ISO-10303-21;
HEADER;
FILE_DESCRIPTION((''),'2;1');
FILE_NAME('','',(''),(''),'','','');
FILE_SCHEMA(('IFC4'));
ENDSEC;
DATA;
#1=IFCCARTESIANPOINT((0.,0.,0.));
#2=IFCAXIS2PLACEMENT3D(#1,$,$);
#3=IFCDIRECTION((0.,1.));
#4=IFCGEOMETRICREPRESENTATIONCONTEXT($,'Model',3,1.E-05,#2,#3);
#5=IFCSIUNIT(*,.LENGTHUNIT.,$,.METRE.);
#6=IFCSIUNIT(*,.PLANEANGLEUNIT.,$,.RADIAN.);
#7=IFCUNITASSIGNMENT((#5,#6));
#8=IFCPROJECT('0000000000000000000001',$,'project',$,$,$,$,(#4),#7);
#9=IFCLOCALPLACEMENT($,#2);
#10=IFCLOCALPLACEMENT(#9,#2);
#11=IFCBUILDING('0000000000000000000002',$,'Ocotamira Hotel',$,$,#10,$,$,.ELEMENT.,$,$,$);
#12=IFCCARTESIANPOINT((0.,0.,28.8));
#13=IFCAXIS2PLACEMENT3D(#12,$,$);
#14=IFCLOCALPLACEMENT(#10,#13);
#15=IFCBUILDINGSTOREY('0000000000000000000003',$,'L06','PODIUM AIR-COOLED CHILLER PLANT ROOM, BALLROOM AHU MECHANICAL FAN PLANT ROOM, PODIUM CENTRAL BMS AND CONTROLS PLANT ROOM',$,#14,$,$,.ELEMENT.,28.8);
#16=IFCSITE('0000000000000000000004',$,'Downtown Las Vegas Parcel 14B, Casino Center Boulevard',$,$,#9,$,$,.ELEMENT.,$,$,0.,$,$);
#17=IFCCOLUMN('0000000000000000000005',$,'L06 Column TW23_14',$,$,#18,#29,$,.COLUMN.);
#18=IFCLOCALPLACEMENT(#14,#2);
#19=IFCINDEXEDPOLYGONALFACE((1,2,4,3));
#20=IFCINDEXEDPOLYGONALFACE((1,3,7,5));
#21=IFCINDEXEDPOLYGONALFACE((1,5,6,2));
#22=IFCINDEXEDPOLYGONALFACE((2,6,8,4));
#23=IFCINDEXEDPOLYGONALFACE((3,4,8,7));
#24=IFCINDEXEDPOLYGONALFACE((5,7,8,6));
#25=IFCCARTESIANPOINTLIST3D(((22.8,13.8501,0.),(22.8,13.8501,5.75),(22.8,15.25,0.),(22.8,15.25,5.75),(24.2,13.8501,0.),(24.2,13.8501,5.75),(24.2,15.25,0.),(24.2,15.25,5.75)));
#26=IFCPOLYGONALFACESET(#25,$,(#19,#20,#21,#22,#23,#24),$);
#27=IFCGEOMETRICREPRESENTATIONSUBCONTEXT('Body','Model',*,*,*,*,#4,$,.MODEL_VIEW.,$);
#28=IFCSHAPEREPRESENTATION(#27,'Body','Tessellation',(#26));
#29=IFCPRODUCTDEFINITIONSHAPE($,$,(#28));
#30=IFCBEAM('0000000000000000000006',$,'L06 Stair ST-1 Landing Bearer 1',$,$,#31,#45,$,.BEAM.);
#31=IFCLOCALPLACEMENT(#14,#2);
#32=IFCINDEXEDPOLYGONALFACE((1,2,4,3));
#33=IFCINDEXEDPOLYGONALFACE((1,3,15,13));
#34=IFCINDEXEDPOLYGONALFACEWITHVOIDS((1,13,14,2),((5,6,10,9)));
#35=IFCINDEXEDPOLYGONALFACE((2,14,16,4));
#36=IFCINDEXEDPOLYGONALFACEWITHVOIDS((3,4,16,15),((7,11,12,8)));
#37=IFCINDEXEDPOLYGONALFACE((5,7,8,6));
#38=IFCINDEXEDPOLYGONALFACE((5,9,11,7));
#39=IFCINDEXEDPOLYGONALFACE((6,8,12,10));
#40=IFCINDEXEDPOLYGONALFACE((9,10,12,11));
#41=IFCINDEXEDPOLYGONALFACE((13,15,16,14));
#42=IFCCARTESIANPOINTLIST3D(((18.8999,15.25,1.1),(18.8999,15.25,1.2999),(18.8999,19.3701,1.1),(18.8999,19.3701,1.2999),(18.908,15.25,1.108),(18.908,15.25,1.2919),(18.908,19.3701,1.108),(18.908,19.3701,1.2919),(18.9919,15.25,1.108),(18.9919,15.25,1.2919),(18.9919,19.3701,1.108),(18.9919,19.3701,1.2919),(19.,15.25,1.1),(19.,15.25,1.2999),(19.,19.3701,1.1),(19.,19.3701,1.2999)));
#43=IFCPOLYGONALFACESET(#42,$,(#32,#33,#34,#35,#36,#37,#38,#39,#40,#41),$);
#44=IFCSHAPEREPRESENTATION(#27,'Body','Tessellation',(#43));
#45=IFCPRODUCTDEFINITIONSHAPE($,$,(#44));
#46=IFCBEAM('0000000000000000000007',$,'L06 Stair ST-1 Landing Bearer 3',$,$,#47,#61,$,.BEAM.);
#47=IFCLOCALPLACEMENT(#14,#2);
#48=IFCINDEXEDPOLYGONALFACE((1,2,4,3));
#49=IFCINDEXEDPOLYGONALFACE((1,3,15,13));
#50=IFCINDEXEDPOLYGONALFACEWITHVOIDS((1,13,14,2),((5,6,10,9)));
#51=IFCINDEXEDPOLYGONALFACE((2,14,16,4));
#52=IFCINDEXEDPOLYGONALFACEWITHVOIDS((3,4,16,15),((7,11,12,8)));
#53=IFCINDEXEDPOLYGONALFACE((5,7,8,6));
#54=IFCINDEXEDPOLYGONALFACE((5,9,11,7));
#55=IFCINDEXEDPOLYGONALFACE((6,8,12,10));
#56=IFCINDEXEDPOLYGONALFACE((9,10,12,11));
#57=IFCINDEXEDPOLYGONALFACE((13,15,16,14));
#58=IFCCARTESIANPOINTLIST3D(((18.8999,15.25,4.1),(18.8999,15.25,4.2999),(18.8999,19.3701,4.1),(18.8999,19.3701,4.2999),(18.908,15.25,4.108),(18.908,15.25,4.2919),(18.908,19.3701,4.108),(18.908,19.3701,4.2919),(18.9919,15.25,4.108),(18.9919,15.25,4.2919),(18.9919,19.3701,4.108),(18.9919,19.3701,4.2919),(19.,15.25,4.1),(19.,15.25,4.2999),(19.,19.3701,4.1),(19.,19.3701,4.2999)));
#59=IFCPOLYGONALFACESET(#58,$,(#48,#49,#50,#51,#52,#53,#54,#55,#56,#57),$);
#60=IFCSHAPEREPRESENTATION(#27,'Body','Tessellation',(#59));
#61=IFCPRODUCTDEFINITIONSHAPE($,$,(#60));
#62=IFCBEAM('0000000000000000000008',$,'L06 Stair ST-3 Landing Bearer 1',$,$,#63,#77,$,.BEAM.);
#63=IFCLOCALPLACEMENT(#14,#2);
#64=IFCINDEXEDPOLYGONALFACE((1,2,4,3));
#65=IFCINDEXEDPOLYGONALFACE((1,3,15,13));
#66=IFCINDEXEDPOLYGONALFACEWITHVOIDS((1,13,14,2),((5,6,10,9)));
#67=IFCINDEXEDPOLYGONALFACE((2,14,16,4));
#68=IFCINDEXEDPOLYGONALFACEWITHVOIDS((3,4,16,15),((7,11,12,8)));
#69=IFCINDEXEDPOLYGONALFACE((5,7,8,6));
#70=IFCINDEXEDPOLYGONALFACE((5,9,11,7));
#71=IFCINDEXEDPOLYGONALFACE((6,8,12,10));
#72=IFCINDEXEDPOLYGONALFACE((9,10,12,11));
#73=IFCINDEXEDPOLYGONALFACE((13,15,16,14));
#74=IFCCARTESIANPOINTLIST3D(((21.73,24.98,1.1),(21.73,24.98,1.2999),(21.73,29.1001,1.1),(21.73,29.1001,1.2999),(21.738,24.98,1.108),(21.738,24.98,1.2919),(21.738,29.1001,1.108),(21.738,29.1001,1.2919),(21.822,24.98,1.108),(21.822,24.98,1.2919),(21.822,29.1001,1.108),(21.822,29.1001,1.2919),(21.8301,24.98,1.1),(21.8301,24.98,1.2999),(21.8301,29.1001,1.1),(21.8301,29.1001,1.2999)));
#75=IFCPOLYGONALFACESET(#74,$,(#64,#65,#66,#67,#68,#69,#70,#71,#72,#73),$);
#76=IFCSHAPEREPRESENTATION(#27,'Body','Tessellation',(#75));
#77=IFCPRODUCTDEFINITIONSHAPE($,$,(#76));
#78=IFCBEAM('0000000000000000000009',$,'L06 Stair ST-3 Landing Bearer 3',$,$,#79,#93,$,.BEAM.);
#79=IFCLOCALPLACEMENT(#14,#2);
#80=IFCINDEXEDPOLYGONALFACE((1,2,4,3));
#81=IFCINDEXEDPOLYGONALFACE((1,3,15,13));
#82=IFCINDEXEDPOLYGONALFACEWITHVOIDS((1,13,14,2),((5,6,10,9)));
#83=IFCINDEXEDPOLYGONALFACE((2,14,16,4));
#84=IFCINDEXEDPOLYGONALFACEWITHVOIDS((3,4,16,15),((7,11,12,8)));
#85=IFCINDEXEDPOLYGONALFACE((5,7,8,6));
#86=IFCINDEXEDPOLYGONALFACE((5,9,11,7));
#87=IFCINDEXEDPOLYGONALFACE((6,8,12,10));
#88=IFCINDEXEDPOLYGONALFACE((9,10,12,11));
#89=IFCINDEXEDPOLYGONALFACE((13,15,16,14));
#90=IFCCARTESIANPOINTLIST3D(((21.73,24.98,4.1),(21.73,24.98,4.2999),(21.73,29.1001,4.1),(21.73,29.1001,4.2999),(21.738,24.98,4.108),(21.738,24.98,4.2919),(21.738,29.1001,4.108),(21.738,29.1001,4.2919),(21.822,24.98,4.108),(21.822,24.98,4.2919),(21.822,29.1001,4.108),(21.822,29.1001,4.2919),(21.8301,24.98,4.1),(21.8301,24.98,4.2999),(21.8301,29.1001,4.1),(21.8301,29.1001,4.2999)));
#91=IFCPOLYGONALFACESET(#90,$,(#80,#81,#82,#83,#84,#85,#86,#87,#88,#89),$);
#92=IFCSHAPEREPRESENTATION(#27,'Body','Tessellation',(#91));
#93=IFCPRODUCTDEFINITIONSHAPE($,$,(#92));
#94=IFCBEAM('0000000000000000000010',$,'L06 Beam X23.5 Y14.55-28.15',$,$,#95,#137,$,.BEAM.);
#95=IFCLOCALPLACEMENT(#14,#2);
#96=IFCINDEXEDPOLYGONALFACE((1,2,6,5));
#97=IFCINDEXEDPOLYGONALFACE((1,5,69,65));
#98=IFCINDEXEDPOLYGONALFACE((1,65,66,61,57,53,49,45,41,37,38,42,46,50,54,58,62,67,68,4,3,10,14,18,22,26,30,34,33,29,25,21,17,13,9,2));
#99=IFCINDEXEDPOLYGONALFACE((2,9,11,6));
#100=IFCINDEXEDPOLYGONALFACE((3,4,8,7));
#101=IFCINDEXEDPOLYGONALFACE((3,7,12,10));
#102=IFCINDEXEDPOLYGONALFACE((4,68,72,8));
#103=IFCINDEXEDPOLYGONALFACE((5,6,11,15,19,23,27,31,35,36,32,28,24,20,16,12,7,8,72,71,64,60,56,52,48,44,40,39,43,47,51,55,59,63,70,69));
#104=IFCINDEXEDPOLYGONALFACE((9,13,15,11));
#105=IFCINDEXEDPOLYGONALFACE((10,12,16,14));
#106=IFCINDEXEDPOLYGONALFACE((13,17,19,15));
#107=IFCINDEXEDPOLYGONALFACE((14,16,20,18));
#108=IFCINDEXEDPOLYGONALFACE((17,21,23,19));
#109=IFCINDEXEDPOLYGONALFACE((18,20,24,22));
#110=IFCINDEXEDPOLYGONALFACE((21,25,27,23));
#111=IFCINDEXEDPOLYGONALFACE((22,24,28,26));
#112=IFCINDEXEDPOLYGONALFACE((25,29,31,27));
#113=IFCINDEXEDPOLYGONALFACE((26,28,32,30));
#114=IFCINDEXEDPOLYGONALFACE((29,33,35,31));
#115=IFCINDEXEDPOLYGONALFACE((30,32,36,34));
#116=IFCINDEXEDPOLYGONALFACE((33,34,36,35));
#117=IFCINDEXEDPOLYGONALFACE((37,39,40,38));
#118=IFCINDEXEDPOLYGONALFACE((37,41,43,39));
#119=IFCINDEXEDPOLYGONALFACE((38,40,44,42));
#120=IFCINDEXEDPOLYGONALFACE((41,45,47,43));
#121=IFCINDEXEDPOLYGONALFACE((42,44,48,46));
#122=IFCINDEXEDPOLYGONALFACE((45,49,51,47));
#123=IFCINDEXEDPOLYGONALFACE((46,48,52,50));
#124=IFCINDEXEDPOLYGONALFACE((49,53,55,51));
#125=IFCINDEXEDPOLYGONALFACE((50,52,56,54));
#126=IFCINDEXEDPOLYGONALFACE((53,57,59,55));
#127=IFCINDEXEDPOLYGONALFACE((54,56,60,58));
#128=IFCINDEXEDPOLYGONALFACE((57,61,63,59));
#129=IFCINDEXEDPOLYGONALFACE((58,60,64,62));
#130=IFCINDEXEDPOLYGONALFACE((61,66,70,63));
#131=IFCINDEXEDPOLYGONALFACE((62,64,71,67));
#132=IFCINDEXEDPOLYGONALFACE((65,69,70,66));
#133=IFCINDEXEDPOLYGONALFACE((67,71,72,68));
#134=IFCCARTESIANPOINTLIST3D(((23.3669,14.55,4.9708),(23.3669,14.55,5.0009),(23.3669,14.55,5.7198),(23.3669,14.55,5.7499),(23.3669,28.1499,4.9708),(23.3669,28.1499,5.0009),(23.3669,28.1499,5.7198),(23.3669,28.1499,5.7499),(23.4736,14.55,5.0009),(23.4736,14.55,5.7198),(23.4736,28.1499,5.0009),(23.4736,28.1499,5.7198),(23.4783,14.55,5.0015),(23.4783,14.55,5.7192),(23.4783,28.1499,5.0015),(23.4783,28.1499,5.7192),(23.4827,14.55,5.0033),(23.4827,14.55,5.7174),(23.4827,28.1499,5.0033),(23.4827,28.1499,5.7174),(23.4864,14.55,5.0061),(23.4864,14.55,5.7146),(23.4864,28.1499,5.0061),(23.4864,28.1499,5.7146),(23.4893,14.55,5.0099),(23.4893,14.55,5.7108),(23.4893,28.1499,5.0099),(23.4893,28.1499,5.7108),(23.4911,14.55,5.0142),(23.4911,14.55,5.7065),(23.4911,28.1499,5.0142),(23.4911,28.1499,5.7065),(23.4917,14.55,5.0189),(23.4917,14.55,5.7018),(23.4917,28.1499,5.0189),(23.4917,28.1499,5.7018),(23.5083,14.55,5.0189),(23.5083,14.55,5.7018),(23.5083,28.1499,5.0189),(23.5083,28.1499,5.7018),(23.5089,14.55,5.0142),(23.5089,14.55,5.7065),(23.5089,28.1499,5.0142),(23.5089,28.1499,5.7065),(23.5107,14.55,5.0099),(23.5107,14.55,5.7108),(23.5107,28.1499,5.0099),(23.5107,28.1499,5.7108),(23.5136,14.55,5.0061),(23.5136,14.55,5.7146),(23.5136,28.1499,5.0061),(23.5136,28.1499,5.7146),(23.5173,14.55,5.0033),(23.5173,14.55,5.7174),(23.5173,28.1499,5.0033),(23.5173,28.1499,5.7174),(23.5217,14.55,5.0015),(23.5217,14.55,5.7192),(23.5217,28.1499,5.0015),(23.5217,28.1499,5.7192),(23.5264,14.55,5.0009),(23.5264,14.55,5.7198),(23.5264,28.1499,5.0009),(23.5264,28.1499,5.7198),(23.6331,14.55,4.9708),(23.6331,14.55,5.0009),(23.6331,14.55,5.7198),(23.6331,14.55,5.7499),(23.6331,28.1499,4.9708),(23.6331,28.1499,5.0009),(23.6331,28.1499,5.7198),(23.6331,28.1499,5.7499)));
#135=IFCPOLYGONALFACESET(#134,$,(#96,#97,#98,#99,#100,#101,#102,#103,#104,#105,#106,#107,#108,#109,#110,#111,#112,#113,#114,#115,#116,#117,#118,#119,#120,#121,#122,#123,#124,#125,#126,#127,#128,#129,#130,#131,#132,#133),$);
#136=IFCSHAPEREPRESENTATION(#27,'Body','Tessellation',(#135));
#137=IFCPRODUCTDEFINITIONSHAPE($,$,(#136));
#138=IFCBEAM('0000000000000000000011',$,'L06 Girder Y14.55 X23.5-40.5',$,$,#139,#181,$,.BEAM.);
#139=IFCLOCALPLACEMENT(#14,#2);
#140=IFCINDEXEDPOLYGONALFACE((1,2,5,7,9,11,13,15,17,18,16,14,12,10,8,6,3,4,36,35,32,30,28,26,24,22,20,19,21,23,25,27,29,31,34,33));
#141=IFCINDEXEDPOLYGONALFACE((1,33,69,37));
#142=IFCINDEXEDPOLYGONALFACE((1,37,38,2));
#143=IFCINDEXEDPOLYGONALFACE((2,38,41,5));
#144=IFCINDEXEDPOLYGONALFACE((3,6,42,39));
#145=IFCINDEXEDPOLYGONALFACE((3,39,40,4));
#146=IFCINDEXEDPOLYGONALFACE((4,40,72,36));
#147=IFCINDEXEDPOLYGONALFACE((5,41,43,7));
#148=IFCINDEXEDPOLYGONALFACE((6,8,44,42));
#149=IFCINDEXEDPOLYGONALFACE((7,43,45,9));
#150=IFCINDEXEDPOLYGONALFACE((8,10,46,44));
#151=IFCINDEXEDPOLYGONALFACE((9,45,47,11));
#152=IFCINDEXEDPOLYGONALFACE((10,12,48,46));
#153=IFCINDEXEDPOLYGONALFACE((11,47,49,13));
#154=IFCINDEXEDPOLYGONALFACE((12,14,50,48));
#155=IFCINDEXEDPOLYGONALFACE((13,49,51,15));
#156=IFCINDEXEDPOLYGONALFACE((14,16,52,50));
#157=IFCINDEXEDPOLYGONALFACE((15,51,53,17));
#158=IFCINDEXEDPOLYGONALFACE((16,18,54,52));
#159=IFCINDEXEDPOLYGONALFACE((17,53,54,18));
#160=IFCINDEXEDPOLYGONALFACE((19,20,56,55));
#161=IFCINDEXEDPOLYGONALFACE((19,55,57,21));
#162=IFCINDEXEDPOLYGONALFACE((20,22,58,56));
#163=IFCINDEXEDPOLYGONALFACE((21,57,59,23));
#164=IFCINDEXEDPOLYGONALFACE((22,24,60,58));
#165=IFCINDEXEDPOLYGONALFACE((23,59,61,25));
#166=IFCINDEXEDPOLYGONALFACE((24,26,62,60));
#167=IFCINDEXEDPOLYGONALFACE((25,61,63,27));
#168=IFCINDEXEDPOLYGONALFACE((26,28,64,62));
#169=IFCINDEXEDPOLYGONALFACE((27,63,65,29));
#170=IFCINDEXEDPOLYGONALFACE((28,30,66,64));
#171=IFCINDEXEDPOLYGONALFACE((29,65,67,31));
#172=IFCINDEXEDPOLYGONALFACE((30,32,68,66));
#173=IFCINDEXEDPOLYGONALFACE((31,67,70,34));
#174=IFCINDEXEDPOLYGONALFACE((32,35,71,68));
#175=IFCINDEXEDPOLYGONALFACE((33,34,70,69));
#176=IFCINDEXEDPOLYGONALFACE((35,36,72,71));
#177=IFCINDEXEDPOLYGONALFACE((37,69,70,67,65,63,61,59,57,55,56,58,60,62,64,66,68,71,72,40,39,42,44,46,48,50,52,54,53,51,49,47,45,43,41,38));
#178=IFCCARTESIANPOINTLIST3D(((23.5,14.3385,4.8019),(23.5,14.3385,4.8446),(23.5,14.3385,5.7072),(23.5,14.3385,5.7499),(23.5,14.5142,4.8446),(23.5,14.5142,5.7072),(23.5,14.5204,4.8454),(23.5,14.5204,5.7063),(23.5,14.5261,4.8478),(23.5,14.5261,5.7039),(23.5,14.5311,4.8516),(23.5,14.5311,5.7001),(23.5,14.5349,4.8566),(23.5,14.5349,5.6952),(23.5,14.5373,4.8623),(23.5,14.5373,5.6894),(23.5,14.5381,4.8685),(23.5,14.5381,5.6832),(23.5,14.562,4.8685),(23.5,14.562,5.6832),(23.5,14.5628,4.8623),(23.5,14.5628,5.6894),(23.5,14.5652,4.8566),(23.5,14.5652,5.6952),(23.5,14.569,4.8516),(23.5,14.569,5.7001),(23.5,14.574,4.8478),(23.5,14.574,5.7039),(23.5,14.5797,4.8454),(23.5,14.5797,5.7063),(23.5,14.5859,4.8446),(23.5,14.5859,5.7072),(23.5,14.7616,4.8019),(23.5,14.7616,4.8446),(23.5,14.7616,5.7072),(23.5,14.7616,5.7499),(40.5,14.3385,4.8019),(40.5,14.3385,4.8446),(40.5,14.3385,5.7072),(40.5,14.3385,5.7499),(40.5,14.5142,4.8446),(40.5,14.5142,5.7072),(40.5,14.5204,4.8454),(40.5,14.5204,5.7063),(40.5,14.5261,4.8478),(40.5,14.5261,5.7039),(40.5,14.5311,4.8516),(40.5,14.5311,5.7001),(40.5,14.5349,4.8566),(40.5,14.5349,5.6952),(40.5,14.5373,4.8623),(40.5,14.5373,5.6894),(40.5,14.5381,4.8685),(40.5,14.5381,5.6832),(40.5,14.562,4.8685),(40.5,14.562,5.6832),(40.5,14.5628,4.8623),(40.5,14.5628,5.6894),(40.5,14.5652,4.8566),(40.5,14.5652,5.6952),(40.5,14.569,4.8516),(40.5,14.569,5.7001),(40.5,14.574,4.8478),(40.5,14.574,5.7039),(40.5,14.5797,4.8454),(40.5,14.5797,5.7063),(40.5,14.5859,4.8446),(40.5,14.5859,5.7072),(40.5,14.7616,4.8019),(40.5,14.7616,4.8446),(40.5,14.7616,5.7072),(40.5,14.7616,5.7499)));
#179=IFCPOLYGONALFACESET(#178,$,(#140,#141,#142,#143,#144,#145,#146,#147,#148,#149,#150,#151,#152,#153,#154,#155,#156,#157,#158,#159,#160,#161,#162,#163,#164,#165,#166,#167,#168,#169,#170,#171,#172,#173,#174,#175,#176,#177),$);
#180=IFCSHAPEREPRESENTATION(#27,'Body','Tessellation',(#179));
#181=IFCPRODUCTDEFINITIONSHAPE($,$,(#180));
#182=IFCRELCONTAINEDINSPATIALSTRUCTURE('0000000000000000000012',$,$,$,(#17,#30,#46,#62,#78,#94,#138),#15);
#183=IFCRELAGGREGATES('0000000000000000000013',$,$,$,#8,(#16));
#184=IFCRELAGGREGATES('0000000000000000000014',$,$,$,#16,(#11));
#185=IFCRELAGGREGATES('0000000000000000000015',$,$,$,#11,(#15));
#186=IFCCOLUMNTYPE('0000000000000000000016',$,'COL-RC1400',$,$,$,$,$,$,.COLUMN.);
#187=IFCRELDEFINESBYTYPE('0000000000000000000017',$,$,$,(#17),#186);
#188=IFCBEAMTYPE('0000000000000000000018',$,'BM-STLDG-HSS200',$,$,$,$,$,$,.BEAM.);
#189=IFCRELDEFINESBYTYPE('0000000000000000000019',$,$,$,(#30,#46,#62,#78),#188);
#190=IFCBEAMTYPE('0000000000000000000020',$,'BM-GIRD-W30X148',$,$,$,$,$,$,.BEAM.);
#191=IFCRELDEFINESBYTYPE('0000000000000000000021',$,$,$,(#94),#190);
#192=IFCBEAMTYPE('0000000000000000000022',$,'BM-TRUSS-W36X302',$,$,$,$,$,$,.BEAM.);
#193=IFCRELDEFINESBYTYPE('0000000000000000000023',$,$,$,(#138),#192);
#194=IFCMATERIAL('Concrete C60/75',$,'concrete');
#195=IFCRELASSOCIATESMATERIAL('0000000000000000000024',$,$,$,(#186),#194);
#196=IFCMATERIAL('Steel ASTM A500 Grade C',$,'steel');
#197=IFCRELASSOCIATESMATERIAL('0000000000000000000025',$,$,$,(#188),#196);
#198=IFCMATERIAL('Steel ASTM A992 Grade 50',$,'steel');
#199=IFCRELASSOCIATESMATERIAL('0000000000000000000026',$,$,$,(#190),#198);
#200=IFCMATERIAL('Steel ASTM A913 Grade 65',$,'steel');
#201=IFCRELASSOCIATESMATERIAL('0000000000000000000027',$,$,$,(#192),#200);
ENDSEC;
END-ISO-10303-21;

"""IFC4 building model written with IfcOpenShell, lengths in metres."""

from ifc_helpers import new_model, si_unit, direction, frame, origin, origin_2d, place, context, subcontext, project, spatial, rectangle, hollow_rectangle, i_section, extrude, source, transform, mapped, material, material_profile, profile_set, type_object, element, save


model = new_model("IFC4")

# Units and contexts
model_context = context("Model", 3, precision=1e-05, world=origin(), true_north=direction((0.0, 1.0)))
body_context = subcontext(model_context, "Body", "Model", "MODEL_VIEW")
ifc_project = project(units=[si_unit("LENGTHUNIT", "METRE"), si_unit("PLANEANGLEUNIT", "RADIAN")], contexts=[model_context])

# Site, building, storey
site_placement = place(None, origin())
site = spatial("IfcSite", under=ifc_project, at=site_placement, Name="Downtown Las Vegas Parcel 14B, Casino Center Boulevard", CompositionType="ELEMENT", RefElevation=0.0)
building_placement = place(site_placement, origin())
building = spatial("IfcBuilding", under=site, at=building_placement, Name="Ocotamira Hotel", CompositionType="ELEMENT")
storey_placement = place(building_placement, frame((0.0, 0.0, 28.8)))
storey = spatial("IfcBuildingStorey", under=building, at=storey_placement, Name="L06", Description="PODIUM AIR-COOLED CHILLER PLANT ROOM, BALLROOM AHU MECHANICAL FAN PLANT ROOM, PODIUM CENTRAL BMS AND CONTROLS PLANT ROOM", CompositionType="ELEMENT", Elevation=28.8)

# Column
ifc_material_1 = material(Name="Concrete C60/75", Category="concrete")
ifc_material_profile_1 = material_profile(ifc_material_1, rectangle(XDim=1.3999, YDim=1.3999, at=origin_2d()), Name="RC1400X1400")
ifc_profile_set_1 = profile_set([ifc_material_profile_1], Name="Concrete C60/75")
column_type = type_object("IfcColumnType", Name="COL-RC1400", PredefinedType="COLUMN", material=ifc_profile_set_1)
shared_shape_1 = source(origin(), body_context, "Body", "SweptSolid", [
    extrude(rectangle(XDim=1.3999, YDim=1.3999, at=origin_2d()), origin(), (0.0, 0.0, 1.0), 5.75),
])
column_placement = place(storey_placement, frame((23.5, 14.55, 0.0), z_axis=(0.0, 0.0, 1.0), x_axis=(1.0, 0.0, 0.0)))
element("IfcColumn", 1, at=column_placement, inside=storey, type_object=column_type, Name="L06 Column TW23_14", PredefinedType="COLUMN", context=body_context, shape_type="MappedRepresentation", body=[
    mapped(shared_shape_1, transform((0.0, 0.0, 0.0), scale=1.0)),
])

# Beams
ifc_material_2 = material(Name="Steel ASTM A500 Grade C", Category="steel")
ifc_material_profile_2 = material_profile(ifc_material_2, hollow_rectangle(XDim=0.1001, YDim=0.2, WallThickness=0.0081, at=origin_2d()), Name="HSS200X100X8")
ifc_profile_set_2 = profile_set([ifc_material_profile_2], Name="Steel ASTM A500 Grade C")
beam_type_1 = type_object("IfcBeamType", Name="BM-STLDG-HSS200", PredefinedType="BEAM", material=ifc_profile_set_2)
shared_shape_2 = source(origin(), body_context, "Body", "SweptSolid", [
    extrude(hollow_rectangle(XDim=0.1001, YDim=0.2, WallThickness=0.0081, at=origin_2d()), origin(), (0.0, 0.0, 1.0), 4.1201),
])
for number, where, z_axis, x_axis, name in (
    (2, (18.95, 15.25, 1.2), (0.0, 1.0, 0.0), (-1.0, 0.0, 0.0), "L06 Stair ST-1 Landing Bearer 1"),
    (3, (18.95, 15.25, 4.2), (0.0, 1.0, 0.0), (-1.0, 0.0, 0.0), "L06 Stair ST-1 Landing Bearer 3"),
    (4, (21.78, 24.98, 1.2), (0.0, 1.0, 0.0), (-1.0, 0.0, 0.0), "L06 Stair ST-3 Landing Bearer 1"),
    (5, (21.78, 24.98, 4.2), (0.0, 1.0, 0.0), (-1.0, 0.0, 0.0), "L06 Stair ST-3 Landing Bearer 3"),
):
    element("IfcBeam", number, at=place(storey_placement, frame(where, z_axis=z_axis, x_axis=x_axis)), inside=storey, type_object=beam_type_1, Name=name, PredefinedType="BEAM", context=body_context, shape_type="MappedRepresentation", body=[
        mapped(shared_shape_2, transform((0.0, 0.0, 0.0), scale=1.0)),
    ])
ifc_material_3 = material(Name="Steel ASTM A992 Grade 50", Category="steel")
ifc_material_profile_3 = material_profile(ifc_material_3, i_section(OverallWidth=0.2661, OverallDepth=0.7791, WebThickness=0.0166, FlangeThickness=0.03, FilletRadius=0.0181, at=origin_2d()), Name="W30X148")
ifc_profile_set_3 = profile_set([ifc_material_profile_3], Name="Steel ASTM A992 Grade 50")
beam_type_2 = type_object("IfcBeamType", Name="BM-GIRD-W30X148", PredefinedType="BEAM", material=ifc_profile_set_3)
shared_shape_3 = source(origin(), body_context, "Body", "SweptSolid", [
    extrude(i_section(OverallWidth=0.2661, OverallDepth=0.7791, WebThickness=0.0166, FlangeThickness=0.03, FilletRadius=0.0181, at=origin_2d()), origin(), (0.0, 0.0, 1.0), 13.5999),
])
beam_1_placement = place(storey_placement, frame((23.5, 14.55, 5.3604), z_axis=(0.0, 1.0, 0.0), x_axis=(-1.0, 0.0, 0.0)))
element("IfcBeam", 6, at=beam_1_placement, inside=storey, type_object=beam_type_2, Name="L06 Beam X23.5 Y14.55-28.15", PredefinedType="BEAM", context=body_context, shape_type="MappedRepresentation", body=[
    mapped(shared_shape_3, transform((0.0, 0.0, 0.0), scale=1.0)),
])
ifc_material_4 = material(Name="Steel ASTM A913 Grade 65", Category="steel")
ifc_material_profile_4 = material_profile(ifc_material_4, i_section(OverallWidth=0.4231, OverallDepth=0.948, WebThickness=0.0239, FlangeThickness=0.0427, FilletRadius=0.0239, at=origin_2d()), Name="W36X302")
ifc_profile_set_4 = profile_set([ifc_material_profile_4], Name="Steel ASTM A913 Grade 65")
beam_type_3 = type_object("IfcBeamType", Name="BM-TRUSS-W36X302", PredefinedType="BEAM", material=ifc_profile_set_4)
shared_shape_4 = source(origin(), body_context, "Body", "SweptSolid", [
    extrude(i_section(OverallWidth=0.4231, OverallDepth=0.948, WebThickness=0.0239, FlangeThickness=0.0427, FilletRadius=0.0239, at=origin_2d()), origin(), (0.0, 0.0, 1.0), 17.0),
])
beam_2_placement = place(storey_placement, frame((23.5, 14.55, 5.2759), z_axis=(1.0, 0.0, 0.0), x_axis=(0.0, 1.0, 0.0)))
element("IfcBeam", 7, at=beam_2_placement, inside=storey, type_object=beam_type_3, Name="L06 Girder Y14.55 X23.5-40.5", PredefinedType="BEAM", context=body_context, shape_type="MappedRepresentation", body=[
    mapped(shared_shape_4, transform((0.0, 0.0, 0.0), scale=1.0)),
])

save(model, "model.ifc")
